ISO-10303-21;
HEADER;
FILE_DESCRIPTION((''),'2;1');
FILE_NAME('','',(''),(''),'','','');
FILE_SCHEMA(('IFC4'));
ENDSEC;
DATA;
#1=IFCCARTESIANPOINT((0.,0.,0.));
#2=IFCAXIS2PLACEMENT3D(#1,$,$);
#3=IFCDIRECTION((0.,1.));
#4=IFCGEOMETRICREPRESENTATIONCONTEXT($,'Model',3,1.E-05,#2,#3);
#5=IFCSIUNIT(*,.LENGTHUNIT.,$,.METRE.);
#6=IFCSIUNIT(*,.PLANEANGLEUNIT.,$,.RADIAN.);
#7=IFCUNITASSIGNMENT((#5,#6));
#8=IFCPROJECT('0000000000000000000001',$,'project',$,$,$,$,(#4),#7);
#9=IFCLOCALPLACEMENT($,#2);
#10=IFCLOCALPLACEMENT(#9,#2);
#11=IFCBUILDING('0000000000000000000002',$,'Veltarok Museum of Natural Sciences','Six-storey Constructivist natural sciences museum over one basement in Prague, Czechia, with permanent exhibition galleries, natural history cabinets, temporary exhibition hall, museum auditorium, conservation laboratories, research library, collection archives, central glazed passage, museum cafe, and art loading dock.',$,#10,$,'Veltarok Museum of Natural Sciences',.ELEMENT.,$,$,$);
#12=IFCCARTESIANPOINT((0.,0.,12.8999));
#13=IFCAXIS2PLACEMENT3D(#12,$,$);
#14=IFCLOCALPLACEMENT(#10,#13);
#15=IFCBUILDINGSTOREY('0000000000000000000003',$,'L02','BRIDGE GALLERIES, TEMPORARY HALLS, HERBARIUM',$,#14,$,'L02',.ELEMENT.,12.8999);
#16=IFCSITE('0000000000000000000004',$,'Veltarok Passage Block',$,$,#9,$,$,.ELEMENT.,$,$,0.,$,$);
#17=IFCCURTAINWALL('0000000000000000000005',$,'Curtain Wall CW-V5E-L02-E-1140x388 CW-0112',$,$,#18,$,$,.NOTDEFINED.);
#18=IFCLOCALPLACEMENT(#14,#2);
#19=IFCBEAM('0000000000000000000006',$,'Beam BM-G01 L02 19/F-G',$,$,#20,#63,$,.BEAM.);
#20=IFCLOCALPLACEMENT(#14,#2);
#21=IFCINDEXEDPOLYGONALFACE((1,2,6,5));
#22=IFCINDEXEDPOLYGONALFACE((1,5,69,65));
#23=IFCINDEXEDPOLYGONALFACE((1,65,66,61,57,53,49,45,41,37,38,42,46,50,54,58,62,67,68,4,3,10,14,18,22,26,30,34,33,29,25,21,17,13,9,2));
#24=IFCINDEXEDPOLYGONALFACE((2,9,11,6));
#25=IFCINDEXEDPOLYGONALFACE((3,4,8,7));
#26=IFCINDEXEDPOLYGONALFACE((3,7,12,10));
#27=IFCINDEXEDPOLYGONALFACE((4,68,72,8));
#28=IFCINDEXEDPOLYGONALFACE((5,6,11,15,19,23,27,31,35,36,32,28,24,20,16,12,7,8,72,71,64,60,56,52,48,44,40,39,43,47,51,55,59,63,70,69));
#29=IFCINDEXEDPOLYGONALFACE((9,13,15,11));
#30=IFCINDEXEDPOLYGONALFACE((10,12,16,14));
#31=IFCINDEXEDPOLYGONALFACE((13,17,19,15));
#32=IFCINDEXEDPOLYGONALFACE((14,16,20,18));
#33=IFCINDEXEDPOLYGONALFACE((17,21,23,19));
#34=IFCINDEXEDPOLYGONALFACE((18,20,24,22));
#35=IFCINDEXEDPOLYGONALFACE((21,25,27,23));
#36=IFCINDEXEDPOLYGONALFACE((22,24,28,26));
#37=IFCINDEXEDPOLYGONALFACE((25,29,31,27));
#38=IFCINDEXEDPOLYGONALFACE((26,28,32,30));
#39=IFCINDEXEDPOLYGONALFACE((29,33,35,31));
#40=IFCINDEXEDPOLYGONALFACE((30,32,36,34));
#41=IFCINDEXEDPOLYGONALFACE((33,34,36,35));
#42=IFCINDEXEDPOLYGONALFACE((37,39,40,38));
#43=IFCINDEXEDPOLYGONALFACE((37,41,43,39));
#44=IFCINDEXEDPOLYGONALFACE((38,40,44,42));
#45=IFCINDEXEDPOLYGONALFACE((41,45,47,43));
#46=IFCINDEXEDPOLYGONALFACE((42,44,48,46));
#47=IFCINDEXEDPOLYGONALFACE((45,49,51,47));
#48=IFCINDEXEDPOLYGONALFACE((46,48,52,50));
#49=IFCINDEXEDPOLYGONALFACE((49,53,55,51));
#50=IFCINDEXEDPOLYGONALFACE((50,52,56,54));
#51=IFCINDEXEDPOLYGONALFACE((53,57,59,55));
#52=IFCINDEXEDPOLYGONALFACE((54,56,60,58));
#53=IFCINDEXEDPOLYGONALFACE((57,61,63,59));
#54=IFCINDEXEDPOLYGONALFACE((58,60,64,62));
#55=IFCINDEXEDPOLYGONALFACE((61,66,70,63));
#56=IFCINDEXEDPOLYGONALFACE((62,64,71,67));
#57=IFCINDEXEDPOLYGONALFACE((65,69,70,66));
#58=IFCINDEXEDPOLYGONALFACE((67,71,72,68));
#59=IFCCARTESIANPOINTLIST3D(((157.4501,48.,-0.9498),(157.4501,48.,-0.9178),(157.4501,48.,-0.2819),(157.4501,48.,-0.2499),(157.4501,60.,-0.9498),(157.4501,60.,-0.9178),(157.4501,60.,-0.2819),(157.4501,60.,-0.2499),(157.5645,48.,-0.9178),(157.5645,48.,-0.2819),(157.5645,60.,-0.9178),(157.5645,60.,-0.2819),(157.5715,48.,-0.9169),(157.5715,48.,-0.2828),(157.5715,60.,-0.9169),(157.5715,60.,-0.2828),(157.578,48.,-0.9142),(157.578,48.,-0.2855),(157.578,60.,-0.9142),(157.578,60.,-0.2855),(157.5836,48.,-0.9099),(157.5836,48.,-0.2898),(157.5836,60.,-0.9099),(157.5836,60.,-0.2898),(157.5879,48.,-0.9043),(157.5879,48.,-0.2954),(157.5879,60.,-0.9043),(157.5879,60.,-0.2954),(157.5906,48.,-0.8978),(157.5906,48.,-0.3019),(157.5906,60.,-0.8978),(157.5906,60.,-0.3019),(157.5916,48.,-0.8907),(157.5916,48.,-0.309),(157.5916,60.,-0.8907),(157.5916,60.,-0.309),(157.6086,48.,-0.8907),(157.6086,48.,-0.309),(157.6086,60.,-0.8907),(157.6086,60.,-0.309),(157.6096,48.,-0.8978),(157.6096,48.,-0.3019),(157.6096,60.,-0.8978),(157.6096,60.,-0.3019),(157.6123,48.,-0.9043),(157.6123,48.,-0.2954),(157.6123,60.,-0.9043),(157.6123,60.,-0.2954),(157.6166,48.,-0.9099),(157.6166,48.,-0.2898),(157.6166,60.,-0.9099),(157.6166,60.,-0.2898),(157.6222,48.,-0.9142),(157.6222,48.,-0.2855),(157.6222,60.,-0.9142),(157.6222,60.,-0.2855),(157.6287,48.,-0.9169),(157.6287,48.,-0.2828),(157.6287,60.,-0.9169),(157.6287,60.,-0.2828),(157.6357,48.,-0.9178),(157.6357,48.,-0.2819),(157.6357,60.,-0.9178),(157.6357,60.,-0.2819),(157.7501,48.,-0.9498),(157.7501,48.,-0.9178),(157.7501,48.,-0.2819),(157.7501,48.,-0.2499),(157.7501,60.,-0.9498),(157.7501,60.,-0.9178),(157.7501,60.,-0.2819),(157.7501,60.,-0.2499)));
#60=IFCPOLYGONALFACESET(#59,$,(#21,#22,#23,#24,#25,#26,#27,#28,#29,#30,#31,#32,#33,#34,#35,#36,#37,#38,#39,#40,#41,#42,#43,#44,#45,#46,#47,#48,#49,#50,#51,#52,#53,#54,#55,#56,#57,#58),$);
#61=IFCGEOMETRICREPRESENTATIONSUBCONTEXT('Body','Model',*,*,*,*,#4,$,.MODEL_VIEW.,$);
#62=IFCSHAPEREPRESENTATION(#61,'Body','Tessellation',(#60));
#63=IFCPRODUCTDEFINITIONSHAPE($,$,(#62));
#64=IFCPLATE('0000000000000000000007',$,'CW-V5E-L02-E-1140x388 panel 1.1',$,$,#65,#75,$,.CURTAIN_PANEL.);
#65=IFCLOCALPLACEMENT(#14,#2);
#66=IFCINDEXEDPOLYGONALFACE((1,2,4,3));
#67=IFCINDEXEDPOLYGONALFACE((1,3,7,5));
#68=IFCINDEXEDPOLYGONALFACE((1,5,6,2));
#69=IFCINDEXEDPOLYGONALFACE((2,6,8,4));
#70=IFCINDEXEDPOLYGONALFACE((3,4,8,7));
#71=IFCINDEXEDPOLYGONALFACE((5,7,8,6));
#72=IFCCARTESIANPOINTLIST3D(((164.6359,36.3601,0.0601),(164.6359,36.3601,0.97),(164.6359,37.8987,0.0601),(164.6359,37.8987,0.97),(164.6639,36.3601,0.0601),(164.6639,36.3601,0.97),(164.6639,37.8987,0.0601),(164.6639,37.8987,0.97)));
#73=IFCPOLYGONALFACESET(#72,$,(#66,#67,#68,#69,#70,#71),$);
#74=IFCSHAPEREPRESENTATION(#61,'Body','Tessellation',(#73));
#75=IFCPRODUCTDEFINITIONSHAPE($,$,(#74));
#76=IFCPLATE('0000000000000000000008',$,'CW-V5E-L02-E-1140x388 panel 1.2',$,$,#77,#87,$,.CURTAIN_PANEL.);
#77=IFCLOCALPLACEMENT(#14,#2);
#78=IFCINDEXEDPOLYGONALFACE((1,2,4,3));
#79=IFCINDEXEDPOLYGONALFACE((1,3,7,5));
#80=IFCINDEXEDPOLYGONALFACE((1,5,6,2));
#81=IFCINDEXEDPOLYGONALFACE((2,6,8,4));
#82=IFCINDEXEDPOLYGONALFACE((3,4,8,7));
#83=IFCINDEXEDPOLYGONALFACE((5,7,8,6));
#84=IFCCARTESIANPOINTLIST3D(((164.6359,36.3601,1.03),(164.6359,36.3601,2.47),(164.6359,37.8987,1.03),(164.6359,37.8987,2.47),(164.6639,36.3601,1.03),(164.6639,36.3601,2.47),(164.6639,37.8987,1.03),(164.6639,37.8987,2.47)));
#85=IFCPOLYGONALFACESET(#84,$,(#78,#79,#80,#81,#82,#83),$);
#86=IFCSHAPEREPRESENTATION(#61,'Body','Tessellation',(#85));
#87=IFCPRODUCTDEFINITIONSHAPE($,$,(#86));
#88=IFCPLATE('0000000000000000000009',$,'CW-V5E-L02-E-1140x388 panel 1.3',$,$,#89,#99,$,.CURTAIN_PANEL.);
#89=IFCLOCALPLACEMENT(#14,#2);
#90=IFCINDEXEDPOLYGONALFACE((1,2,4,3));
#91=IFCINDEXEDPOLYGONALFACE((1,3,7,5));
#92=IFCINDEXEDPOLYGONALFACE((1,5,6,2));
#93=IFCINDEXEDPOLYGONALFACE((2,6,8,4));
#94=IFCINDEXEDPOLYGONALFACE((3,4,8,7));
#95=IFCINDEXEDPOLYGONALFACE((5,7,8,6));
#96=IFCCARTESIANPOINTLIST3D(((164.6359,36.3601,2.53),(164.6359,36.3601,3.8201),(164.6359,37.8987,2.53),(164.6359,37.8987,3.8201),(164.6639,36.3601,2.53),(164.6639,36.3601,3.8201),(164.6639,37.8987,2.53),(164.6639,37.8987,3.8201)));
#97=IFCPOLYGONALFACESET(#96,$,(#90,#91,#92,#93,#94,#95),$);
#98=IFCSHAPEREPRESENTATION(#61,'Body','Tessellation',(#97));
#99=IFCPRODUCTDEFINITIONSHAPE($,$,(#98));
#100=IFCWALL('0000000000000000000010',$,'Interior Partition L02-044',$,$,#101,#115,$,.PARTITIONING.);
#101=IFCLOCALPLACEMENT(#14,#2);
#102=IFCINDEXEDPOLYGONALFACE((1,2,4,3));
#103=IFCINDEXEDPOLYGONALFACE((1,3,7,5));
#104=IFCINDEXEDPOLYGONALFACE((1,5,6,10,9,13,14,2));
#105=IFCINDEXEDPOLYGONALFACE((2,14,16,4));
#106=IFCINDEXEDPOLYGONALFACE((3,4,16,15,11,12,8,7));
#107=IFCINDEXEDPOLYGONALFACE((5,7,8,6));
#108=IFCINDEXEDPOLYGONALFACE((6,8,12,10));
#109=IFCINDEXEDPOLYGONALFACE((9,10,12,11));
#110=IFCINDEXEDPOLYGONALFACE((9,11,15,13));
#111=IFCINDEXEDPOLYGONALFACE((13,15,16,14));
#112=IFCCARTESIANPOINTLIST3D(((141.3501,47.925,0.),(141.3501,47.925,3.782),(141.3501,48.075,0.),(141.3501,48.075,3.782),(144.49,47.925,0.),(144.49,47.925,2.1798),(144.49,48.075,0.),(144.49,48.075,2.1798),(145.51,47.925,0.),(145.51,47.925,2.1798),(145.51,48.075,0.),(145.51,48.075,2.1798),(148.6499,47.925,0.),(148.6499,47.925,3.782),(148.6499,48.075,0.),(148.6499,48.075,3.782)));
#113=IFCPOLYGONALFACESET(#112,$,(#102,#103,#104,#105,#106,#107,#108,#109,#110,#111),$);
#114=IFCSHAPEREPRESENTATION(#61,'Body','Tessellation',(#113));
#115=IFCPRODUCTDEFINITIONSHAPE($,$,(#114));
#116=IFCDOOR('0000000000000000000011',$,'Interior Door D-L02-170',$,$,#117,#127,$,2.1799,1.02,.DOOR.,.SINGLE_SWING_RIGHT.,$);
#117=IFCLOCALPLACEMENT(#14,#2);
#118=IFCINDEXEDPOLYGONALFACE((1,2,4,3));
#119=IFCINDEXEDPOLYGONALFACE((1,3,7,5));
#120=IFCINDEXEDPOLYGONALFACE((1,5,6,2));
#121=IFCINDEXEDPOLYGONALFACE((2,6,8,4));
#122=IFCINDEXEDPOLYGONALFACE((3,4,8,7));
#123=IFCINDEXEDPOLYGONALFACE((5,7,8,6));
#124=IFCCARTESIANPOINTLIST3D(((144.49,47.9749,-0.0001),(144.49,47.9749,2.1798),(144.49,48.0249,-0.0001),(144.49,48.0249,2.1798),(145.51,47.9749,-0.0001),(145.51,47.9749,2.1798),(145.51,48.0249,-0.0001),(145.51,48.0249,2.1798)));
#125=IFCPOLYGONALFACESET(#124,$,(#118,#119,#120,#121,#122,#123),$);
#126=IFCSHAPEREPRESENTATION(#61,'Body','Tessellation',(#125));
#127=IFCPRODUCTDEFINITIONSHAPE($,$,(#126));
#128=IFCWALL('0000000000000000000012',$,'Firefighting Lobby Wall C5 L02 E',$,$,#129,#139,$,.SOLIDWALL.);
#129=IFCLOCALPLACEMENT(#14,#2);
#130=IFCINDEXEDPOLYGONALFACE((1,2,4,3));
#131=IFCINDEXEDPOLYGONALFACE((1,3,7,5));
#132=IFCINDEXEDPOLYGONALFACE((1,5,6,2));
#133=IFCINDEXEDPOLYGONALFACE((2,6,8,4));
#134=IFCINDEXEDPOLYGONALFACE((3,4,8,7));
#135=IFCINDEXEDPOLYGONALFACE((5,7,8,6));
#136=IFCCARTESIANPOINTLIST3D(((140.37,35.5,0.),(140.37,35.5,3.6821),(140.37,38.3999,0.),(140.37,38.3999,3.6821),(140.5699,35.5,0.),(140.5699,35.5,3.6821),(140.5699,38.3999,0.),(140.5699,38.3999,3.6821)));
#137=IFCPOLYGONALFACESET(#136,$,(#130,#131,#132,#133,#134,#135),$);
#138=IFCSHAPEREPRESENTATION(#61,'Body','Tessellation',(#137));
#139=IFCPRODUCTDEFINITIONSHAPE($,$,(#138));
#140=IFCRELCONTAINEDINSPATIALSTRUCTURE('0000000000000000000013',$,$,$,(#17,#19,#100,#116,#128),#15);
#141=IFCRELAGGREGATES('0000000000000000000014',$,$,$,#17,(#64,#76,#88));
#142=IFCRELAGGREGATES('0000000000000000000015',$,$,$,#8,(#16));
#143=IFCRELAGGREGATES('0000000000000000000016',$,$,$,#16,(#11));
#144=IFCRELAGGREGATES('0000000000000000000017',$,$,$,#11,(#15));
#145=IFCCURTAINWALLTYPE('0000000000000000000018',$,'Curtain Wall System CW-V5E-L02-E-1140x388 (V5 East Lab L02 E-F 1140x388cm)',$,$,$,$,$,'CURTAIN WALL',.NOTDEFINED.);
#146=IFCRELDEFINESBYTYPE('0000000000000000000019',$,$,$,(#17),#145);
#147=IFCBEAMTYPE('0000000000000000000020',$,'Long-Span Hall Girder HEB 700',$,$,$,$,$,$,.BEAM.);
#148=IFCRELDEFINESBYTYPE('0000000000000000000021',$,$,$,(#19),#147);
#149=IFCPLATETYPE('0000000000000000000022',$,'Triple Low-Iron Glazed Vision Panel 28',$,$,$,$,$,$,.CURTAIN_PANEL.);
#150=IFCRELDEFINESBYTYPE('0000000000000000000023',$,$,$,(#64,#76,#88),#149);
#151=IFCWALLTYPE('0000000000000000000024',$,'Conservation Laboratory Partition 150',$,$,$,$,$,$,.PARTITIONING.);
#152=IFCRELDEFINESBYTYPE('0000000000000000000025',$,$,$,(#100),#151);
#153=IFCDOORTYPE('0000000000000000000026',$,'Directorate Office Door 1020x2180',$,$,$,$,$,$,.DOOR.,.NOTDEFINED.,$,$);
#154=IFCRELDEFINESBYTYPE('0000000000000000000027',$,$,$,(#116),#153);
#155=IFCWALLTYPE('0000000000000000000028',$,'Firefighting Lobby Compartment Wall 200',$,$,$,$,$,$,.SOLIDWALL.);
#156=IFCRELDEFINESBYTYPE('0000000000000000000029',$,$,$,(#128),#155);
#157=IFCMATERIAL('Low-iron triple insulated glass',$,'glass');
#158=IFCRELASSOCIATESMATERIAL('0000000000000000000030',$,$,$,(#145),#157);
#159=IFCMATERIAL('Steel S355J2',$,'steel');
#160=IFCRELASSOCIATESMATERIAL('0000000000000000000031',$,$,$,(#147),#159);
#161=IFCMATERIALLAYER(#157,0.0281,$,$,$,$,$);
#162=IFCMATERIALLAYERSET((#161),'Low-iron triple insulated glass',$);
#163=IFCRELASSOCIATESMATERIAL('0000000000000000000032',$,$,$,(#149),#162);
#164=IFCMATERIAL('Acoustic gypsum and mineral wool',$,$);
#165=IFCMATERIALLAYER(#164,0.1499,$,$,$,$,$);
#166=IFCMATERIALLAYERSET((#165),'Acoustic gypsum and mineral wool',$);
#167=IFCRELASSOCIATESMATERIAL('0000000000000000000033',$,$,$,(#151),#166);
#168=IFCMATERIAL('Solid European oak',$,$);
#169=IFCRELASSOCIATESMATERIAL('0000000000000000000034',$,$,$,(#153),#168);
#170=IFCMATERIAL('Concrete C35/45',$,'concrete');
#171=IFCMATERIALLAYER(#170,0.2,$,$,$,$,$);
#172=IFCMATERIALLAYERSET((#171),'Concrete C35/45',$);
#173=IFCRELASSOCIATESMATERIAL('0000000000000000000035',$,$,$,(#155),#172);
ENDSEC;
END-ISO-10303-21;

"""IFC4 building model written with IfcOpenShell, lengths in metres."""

from ifc_helpers import new_model, si_unit, direction, frame, frame_2d, origin, origin_2d, place, context, subcontext, project, spatial, rectangle, i_section, extrude, material, layer, layer_set, material_profile, profile_set, type_object, element, fill, aggregate, save


model = new_model("IFC4")

# Units and contexts
model_context = context("Model", 3, precision=1e-05, world=origin(), true_north=direction((0.0, 1.0)))
body_context = subcontext(model_context, "Body", "Model", "MODEL_VIEW")
ifc_project = project(units=[si_unit("LENGTHUNIT", "METRE"), si_unit("PLANEANGLEUNIT", "RADIAN")], contexts=[model_context])

# Site, building, storey
site_placement = place(None, origin())
site = spatial("IfcSite", under=ifc_project, at=site_placement, Name="Veltarok Passage Block", CompositionType="ELEMENT", RefElevation=0.0)
building_placement = place(site_placement, origin())
building = spatial("IfcBuilding", under=site, at=building_placement, Name="Veltarok Museum of Natural Sciences", Description="Six-storey Constructivist natural sciences museum over one basement in Prague, Czechia, with permanent exhibition galleries, natural history cabinets, temporary exhibition hall, museum auditorium, conservation laboratories, research library, collection archives, central glazed passage, museum cafe, and art loading dock.", LongName="Veltarok Museum of Natural Sciences", CompositionType="ELEMENT")
storey_placement = place(building_placement, frame((0.0, 0.0, 12.8999)))
storey = spatial("IfcBuildingStorey", under=building, at=storey_placement, Name="L02", Description="BRIDGE GALLERIES, TEMPORARY HALLS, HERBARIUM", LongName="L02", CompositionType="ELEMENT", Elevation=12.8999)

# Shared definitions
ifc_material_1 = material(Name="Steel S355J2", Category="steel")

# Curtain wall
ifc_material_2 = material(Name="Low-iron triple insulated glass", Category="glass")
curtain_wall_type = type_object("IfcCurtainWallType", Name="Curtain Wall System CW-V5E-L02-E-1140x388 (V5 East Lab L02 E-F 1140x388cm)", ElementType="CURTAIN WALL", PredefinedType="NOTDEFINED", material=ifc_material_2)
curtain_wall_placement = place(storey_placement, origin())
curtain_wall = element("IfcCurtainWall", 1, at=curtain_wall_placement, inside=storey, type_object=curtain_wall_type, Name="Curtain Wall CW-V5E-L02-E-1140x388 CW-0112", PredefinedType="NOTDEFINED")

# Beam
ifc_material_profile_1 = material_profile(ifc_material_1, i_section(OverallWidth=0.3, OverallDepth=0.7, WebThickness=0.0171, FlangeThickness=0.032, FilletRadius=0.0271, at=origin_2d()), Name="HEB 700")
ifc_profile_set_1 = profile_set([ifc_material_profile_1], Name="Steel S355J2")
beam_type_1 = type_object("IfcBeamType", Name="Long-Span Hall Girder HEB 700", PredefinedType="BEAM", material=ifc_profile_set_1)
for number, where, z_axis, x_axis, name in (
    (2, (157.6001, 48.0, -0.5999), (0.0, 1.0, 0.0), (-1.0, 0.0, 0.0), "Beam BM-G01 L02 19/F-G"),
):
    element("IfcBeam", number, at=place(storey_placement, frame(where, z_axis=z_axis, x_axis=x_axis)), inside=storey, type_object=beam_type_1, Name=name, PredefinedType="BEAM", context=body_context, shape_type="SweptSolid", body=[
        extrude(i_section(OverallWidth=0.3, OverallDepth=0.7, WebThickness=0.0171, FlangeThickness=0.032, FilletRadius=0.0271, at=origin_2d()), origin(), (0.0, 0.0, 1.0), 12.0),
    ])

# Plates
ifc_layer_1 = layer(ifc_material_2, 0.0281)
ifc_layer_set_1 = layer_set([ifc_layer_1], Name="Low-iron triple insulated glass")
plate_type = type_object("IfcPlateType", Name="Triple Low-Iron Glazed Vision Panel 28", PredefinedType="CURTAIN_PANEL", material=ifc_layer_set_1)
plate_1_placement = place(storey_placement, frame((164.6499, 37.1294, 0.0601), z_axis=(0.0, 0.0, 1.0), x_axis=(0.0, 1.0, 0.0)))
plate_1 = element("IfcPlate", 3, at=plate_1_placement, type_object=plate_type, Name="CW-V5E-L02-E-1140x388 panel 1.1", PredefinedType="CURTAIN_PANEL", context=body_context, shape_type="SweptSolid", body=[
    extrude(rectangle(XDim=1.5386, YDim=0.0281, at=origin_2d()), origin(), (0.0, 0.0, 1.0), 0.9099),
])
plate_2_placement = place(storey_placement, frame((164.6499, 37.1294, 1.03), z_axis=(0.0, 0.0, 1.0), x_axis=(0.0, 1.0, 0.0)))
plate_2 = element("IfcPlate", 4, at=plate_2_placement, type_object=plate_type, Name="CW-V5E-L02-E-1140x388 panel 1.2", PredefinedType="CURTAIN_PANEL", context=body_context, shape_type="SweptSolid", body=[
    extrude(rectangle(XDim=1.5386, YDim=0.0281, at=origin_2d()), origin(), (0.0, 0.0, 1.0), 1.4399),
])
plate_3_placement = place(storey_placement, frame((164.6499, 37.1294, 2.53), z_axis=(0.0, 0.0, 1.0), x_axis=(0.0, 1.0, 0.0)))
plate_3 = element("IfcPlate", 5, at=plate_3_placement, type_object=plate_type, Name="CW-V5E-L02-E-1140x388 panel 1.3", PredefinedType="CURTAIN_PANEL", context=body_context, shape_type="SweptSolid", body=[
    extrude(rectangle(XDim=1.5386, YDim=0.0281, at=origin_2d()), origin(), (0.0, 0.0, 1.0), 1.29),
])
aggregate(curtain_wall, [plate_1, plate_2, plate_3])

# Wall, opening, door
ifc_material_3 = material(Name="Acoustic gypsum and mineral wool")
ifc_layer_2 = layer(ifc_material_3, 0.1499)
ifc_layer_set_2 = layer_set([ifc_layer_2], Name="Acoustic gypsum and mineral wool")
wall_type_1 = type_object("IfcWallType", Name="Conservation Laboratory Partition 150", PredefinedType="PARTITIONING", material=ifc_layer_set_2)
wall_1_placement = place(storey_placement, frame((141.3501, 48.0, 0.0), z_axis=(0.0, 0.0, 1.0), x_axis=(1.0, 0.0, 0.0)))
wall_1 = element("IfcWall", 6, at=wall_1_placement, inside=storey, type_object=wall_type_1, Name="Interior Partition L02-044", PredefinedType="PARTITIONING", context=body_context, shape_type="SweptSolid", body=[
    extrude(rectangle(XDim=7.2998, YDim=0.1499, at=frame_2d((3.6499, 0.0))), origin(), (0.0, 0.0, 1.0), 3.782),
])
opening_placement = place(wall_1_placement, frame((3.1399, 0.0, 0.0)))
opening = element("IfcOpeningElement", 7, at=opening_placement, cuts=wall_1, PredefinedType="OPENING", context=body_context, shape_type="SweptSolid", body=[
    extrude(rectangle(XDim=1.02, YDim=2.1799, at=frame_2d((0.51, 1.0898))), frame((0.0, 0.085, 0.0), z_axis=(0.0, -1.0, 0.0), x_axis=(1.0, 0.0, 0.0)), (0.0, 0.0, 1.0), 0.1699),
])
ifc_material_4 = material(Name="Solid European oak")
door_type = type_object("IfcDoorType", Name="Directorate Office Door 1020x2180", OperationType="NOTDEFINED", PredefinedType="DOOR", material=ifc_material_4)
door_placement = place(opening_placement, origin())
door = element("IfcDoor", 8, at=door_placement, inside=storey, type_object=door_type, Name="Interior Door D-L02-170", OperationType="SINGLE_SWING_RIGHT", OverallHeight=2.1799, OverallWidth=1.02, PredefinedType="DOOR", context=body_context, shape_type="SweptSolid", body=[
    extrude(rectangle(XDim=1.02, YDim=2.1799, at=frame_2d((0.51, 1.0898))), frame((0.0, 0.0249, 0.0), z_axis=(0.0, -1.0, 0.0), x_axis=(1.0, 0.0, 0.0)), (0.0, 0.0, 1.0), 0.05),
])
fill(opening, door)

# Wall
ifc_material_5 = material(Name="Concrete C35/45", Category="concrete")
ifc_layer_3 = layer(ifc_material_5, 0.2)
ifc_layer_set_3 = layer_set([ifc_layer_3], Name="Concrete C35/45")
wall_type_2 = type_object("IfcWallType", Name="Firefighting Lobby Compartment Wall 200", PredefinedType="SOLIDWALL", material=ifc_layer_set_3)
wall_2_placement = place(storey_placement, frame((140.47, 38.3999, 0.0), z_axis=(0.0, 0.0, 1.0), x_axis=(0.0, -1.0, 0.0)))
element("IfcWall", 9, at=wall_2_placement, inside=storey, type_object=wall_type_2, Name="Firefighting Lobby Wall C5 L02 E", PredefinedType="SOLIDWALL", context=body_context, shape_type="SweptSolid", body=[
    extrude(rectangle(XDim=2.8999, YDim=0.2, at=frame_2d((1.45, 0.0))), origin(), (0.0, 0.0, 1.0), 3.6821),
])

save(model, "model.ifc")
